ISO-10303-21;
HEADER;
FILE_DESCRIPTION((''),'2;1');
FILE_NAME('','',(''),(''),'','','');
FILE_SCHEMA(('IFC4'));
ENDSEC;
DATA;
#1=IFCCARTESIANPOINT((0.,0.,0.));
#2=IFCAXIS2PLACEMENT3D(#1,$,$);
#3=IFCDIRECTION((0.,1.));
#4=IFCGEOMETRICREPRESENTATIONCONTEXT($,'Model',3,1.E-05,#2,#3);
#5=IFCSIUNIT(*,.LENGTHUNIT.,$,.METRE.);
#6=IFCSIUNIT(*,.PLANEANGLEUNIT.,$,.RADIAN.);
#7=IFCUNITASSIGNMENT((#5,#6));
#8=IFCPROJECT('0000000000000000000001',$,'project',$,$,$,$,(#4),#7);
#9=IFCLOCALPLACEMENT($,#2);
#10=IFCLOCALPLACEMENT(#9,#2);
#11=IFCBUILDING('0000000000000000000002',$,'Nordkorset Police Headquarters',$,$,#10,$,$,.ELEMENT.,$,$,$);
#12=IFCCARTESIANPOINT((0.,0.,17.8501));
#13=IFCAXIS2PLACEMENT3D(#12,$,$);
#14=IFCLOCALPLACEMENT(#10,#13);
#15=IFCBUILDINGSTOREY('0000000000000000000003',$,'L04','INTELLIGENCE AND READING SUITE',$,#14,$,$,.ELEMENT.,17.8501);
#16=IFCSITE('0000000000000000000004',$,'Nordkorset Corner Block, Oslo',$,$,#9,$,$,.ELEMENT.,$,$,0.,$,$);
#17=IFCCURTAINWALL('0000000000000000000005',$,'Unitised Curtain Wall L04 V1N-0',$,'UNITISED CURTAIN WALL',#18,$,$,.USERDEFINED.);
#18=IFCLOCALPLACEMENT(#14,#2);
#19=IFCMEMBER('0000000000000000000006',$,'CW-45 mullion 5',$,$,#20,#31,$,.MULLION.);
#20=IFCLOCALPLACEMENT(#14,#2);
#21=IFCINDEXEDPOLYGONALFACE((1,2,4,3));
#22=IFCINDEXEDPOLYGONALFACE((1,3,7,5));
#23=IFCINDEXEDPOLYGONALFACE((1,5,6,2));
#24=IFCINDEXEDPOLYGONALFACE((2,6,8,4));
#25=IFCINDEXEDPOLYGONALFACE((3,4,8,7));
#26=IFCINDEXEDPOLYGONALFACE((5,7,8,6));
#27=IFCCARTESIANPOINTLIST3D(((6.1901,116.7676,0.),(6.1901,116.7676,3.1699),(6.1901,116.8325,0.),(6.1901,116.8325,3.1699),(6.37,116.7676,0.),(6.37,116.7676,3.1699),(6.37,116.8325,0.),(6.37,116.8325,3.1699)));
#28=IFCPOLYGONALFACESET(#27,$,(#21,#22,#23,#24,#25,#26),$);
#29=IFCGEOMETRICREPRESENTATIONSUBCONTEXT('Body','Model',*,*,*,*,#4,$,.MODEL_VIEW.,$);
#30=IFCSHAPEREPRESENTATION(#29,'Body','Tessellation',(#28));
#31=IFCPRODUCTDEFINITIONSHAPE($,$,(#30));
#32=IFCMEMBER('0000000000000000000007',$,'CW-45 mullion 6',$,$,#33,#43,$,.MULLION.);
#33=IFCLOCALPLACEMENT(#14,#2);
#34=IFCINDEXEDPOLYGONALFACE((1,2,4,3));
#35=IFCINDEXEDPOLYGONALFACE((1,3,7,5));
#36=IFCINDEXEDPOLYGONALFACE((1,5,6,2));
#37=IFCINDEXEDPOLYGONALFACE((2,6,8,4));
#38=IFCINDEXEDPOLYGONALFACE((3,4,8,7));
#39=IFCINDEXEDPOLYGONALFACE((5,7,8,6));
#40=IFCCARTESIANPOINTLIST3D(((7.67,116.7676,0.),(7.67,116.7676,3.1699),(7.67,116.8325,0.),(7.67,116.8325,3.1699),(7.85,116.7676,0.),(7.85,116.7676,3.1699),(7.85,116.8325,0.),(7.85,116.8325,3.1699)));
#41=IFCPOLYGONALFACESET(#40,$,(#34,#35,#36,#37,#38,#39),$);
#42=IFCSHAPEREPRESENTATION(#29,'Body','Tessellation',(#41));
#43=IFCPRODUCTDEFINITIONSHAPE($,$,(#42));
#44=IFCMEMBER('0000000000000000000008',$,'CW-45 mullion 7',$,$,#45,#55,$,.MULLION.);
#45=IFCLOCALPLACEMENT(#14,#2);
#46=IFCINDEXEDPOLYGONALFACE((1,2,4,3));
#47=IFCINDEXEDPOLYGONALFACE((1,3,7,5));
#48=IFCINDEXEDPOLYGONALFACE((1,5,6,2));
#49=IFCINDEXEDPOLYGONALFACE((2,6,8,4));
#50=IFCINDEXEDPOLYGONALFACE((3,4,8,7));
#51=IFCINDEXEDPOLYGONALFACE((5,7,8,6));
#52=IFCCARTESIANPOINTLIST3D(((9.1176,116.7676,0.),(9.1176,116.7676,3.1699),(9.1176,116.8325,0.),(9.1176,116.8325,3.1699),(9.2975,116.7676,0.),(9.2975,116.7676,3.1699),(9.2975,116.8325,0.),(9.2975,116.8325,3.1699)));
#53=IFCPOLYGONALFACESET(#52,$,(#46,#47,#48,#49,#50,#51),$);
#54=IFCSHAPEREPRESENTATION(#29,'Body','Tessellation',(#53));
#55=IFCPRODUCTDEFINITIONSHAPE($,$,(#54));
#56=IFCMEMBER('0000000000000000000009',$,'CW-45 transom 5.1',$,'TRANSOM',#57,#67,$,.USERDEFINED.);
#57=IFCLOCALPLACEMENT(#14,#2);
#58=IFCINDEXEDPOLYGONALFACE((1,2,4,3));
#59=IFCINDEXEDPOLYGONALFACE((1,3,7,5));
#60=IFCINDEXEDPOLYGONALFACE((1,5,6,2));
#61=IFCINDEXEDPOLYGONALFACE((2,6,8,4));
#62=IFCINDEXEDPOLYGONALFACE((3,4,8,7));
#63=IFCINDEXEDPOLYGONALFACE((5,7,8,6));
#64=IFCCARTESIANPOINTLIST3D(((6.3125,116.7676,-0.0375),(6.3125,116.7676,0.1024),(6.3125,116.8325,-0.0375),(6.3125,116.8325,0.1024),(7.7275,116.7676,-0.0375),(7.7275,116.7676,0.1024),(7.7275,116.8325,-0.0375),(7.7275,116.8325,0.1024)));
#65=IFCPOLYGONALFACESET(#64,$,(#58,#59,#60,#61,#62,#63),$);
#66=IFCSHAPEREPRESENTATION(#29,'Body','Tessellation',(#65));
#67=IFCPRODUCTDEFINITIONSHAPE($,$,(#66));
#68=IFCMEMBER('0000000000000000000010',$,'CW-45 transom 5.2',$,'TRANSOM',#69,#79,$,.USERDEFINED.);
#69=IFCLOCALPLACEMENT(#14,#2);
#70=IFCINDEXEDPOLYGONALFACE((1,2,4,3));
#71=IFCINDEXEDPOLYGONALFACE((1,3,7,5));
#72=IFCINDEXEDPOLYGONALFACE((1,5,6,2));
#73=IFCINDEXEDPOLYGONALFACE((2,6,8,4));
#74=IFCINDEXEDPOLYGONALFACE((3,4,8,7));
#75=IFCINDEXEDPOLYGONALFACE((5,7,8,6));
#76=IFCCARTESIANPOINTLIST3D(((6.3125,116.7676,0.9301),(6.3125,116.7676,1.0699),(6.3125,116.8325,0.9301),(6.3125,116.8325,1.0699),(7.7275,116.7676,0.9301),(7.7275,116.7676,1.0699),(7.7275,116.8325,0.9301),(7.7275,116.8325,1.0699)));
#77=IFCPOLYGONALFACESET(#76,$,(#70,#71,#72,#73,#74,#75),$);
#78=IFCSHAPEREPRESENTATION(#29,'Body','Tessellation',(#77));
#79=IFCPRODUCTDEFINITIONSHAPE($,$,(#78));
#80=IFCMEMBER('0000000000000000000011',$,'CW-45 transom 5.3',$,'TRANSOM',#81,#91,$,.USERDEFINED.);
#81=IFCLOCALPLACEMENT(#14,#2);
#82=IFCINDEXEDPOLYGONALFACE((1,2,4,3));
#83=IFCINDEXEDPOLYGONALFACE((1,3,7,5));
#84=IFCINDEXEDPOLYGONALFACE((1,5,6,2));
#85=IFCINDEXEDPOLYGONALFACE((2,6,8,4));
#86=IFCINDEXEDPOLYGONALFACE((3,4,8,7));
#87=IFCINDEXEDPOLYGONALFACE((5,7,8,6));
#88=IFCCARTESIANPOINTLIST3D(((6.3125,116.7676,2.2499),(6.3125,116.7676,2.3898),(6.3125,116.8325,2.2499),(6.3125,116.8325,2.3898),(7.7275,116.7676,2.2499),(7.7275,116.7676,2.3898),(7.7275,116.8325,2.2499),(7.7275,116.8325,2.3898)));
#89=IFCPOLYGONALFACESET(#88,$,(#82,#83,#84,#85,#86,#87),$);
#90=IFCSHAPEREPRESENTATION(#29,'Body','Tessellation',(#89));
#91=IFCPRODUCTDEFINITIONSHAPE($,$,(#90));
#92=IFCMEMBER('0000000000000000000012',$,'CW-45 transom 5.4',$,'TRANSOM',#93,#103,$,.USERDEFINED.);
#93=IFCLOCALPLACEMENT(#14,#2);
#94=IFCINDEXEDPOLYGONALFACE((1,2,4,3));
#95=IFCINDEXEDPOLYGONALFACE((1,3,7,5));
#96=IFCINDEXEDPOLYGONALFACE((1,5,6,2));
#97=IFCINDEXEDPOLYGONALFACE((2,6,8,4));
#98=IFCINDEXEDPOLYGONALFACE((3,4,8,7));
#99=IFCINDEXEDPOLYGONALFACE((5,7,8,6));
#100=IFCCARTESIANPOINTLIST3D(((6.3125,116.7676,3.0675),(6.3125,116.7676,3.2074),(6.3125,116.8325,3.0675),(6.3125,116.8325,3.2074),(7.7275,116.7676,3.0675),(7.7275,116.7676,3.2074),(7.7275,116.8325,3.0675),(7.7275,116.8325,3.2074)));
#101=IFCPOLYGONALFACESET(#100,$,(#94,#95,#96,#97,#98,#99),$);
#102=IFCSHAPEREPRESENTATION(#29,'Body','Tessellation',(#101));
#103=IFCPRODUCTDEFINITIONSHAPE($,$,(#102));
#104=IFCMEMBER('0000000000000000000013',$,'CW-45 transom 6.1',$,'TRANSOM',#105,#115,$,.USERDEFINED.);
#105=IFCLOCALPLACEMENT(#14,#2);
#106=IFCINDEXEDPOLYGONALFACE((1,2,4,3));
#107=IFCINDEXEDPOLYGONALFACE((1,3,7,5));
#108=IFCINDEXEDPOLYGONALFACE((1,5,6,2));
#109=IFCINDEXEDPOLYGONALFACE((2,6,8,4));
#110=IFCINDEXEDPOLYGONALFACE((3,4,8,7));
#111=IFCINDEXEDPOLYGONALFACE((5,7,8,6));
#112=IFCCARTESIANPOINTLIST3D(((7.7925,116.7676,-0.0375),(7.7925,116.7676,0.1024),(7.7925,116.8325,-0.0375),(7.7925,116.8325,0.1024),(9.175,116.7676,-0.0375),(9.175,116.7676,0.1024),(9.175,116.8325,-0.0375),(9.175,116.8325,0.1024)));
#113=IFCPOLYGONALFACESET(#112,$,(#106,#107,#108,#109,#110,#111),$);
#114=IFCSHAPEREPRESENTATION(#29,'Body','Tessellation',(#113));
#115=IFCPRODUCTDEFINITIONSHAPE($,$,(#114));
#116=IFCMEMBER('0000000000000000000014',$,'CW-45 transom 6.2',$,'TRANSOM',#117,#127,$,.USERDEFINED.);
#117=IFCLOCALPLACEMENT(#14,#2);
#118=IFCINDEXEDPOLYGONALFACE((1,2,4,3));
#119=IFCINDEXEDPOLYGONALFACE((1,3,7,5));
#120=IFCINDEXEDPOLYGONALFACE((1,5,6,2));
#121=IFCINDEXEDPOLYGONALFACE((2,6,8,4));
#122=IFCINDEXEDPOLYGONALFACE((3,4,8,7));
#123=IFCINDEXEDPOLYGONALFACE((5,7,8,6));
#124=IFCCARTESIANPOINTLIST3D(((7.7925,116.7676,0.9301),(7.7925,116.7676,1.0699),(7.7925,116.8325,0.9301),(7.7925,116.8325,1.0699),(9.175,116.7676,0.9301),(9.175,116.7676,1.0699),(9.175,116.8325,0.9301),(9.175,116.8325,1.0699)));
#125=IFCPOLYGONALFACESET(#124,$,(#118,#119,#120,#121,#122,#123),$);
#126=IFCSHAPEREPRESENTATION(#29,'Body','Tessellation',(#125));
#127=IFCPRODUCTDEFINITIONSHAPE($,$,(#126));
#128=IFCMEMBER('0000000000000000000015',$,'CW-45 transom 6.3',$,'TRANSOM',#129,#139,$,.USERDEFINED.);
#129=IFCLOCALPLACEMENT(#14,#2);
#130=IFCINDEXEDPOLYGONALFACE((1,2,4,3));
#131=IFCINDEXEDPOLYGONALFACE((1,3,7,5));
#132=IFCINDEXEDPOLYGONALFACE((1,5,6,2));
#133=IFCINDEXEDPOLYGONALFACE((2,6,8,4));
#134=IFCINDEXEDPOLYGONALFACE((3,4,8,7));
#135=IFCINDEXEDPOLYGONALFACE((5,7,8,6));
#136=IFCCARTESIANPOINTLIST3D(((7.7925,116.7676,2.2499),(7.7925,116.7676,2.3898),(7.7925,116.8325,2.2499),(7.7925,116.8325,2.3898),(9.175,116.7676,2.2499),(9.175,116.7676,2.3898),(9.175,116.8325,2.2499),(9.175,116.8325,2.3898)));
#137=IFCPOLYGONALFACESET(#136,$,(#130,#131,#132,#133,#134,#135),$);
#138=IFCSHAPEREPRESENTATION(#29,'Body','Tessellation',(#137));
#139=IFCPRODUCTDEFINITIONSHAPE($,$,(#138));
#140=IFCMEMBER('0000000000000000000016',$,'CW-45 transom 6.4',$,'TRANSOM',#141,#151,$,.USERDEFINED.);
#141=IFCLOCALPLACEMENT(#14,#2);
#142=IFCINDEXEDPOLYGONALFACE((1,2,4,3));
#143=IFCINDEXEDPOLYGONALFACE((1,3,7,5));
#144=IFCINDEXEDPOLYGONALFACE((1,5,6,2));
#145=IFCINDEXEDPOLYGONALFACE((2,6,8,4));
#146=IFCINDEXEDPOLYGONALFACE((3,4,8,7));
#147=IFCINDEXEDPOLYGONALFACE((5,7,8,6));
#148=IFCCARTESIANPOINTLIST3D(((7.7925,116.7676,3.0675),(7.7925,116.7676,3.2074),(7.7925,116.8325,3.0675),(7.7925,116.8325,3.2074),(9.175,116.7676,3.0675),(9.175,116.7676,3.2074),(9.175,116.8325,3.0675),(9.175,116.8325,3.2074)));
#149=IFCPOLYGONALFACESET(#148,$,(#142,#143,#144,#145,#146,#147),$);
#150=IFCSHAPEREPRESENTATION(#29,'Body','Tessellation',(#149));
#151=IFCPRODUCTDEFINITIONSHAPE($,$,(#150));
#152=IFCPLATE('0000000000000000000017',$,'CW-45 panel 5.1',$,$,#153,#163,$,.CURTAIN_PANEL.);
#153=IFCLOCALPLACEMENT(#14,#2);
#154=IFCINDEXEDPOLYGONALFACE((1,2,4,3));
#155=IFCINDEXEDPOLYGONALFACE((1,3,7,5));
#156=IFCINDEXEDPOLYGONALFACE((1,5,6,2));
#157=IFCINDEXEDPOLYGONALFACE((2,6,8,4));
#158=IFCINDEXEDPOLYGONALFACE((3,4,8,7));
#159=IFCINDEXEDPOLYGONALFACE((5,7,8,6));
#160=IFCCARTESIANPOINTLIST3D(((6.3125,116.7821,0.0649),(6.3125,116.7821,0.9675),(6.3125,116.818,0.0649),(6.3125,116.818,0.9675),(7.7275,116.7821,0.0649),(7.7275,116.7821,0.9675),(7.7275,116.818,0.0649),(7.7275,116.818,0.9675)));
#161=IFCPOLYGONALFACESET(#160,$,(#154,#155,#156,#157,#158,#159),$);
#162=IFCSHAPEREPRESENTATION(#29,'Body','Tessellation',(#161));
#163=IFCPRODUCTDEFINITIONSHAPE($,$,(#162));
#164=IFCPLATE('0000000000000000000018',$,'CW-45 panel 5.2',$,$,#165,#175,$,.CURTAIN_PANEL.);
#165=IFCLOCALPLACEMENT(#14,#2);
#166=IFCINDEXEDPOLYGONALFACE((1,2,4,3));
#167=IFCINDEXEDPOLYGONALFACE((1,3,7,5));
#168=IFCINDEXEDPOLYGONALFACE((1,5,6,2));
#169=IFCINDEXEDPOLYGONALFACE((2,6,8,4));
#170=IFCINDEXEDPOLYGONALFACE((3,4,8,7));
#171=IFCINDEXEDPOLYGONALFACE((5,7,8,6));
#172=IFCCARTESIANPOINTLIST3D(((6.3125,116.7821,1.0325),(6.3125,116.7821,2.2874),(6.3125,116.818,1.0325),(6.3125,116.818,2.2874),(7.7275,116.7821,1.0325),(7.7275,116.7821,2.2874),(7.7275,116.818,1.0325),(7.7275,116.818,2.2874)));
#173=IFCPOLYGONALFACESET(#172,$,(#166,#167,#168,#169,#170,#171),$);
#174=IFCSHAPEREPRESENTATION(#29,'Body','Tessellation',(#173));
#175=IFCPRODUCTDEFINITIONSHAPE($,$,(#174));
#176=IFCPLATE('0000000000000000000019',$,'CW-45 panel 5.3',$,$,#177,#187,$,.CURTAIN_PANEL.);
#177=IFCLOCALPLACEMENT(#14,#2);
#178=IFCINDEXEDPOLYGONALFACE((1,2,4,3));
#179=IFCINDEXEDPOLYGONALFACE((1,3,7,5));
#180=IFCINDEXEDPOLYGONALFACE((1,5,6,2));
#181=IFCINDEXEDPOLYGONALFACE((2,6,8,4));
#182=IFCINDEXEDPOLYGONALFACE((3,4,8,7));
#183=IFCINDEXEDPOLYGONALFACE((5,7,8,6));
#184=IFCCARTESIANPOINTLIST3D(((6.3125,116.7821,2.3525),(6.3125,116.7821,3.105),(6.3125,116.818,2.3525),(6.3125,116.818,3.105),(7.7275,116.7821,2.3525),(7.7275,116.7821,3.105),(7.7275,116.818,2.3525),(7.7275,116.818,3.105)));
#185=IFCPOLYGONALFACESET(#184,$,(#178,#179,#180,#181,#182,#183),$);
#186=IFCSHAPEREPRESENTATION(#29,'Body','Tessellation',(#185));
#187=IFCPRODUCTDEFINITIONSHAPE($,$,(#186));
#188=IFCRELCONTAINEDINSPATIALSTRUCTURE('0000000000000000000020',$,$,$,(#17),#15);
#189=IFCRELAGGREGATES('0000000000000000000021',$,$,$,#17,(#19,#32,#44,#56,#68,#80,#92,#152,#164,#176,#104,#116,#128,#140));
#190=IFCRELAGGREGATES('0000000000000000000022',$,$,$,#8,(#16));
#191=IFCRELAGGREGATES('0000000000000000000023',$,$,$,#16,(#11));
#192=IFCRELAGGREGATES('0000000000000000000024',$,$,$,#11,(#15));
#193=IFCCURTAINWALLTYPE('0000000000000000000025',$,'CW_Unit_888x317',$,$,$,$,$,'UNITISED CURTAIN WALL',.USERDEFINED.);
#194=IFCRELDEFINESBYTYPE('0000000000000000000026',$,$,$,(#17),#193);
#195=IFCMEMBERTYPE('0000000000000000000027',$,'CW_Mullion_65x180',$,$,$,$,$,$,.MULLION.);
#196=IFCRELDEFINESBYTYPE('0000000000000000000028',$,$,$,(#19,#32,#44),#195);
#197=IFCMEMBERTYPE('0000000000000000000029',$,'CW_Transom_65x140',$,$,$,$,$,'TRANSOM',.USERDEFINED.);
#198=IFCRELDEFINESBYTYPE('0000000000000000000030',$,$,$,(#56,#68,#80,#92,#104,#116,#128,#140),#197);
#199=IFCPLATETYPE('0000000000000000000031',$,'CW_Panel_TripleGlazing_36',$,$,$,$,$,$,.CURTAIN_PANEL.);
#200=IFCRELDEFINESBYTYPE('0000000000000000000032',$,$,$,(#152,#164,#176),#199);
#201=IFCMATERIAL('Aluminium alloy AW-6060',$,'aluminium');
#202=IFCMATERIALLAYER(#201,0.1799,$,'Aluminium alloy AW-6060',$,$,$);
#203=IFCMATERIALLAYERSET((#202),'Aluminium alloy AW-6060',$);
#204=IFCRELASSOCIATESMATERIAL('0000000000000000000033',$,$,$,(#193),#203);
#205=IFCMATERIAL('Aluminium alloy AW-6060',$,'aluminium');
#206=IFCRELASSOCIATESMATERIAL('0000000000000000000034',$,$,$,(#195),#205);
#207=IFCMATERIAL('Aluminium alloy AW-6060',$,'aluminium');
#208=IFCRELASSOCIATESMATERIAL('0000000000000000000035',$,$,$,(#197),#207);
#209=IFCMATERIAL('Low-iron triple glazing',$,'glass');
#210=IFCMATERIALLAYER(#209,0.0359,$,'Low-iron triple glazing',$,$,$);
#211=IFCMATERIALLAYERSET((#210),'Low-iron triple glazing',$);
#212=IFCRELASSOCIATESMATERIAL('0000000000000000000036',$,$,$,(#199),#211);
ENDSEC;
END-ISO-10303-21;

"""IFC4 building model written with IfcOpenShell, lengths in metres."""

from ifc_helpers import new_model, si_unit, direction, frame, origin, origin_2d, place, context, subcontext, project, spatial, rectangle, extrude, material, layer, layer_set, material_profile, profile_set, type_object, element, aggregate, save


model = new_model("IFC4")

# Units and contexts
model_context = context("Model", 3, precision=1e-05, world=origin(), true_north=direction((0.0, 1.0)))
body_context = subcontext(model_context, "Body", "Model", "MODEL_VIEW")
ifc_project = project(units=[si_unit("LENGTHUNIT", "METRE"), si_unit("PLANEANGLEUNIT", "RADIAN")], contexts=[model_context])

# Site, building, storey
site_placement = place(None, origin())
site = spatial("IfcSite", under=ifc_project, at=site_placement, Name="Nordkorset Corner Block, Oslo", CompositionType="ELEMENT", RefElevation=0.0)
building_placement = place(site_placement, origin())
building = spatial("IfcBuilding", under=site, at=building_placement, Name="Nordkorset Police Headquarters", CompositionType="ELEMENT")
storey_placement = place(building_placement, frame((0.0, 0.0, 17.8501)))
storey = spatial("IfcBuildingStorey", under=building, at=storey_placement, Name="L04", Description="INTELLIGENCE AND READING SUITE", CompositionType="ELEMENT", Elevation=17.8501)

# Curtain wall, members, plates
ifc_material_1 = material(Name="Aluminium alloy AW-6060", Category="aluminium")
ifc_layer_1 = layer(ifc_material_1, 0.1799, Name="Aluminium alloy AW-6060")
ifc_layer_set_1 = layer_set([ifc_layer_1], Name="Aluminium alloy AW-6060")
curtain_wall_type = type_object("IfcCurtainWallType", Name="CW_Unit_888x317", ElementType="UNITISED CURTAIN WALL", PredefinedType="USERDEFINED", material=ifc_layer_set_1)
curtain_wall_placement = place(storey_placement, origin())
curtain_wall = element("IfcCurtainWall", 1, at=curtain_wall_placement, inside=storey, type_object=curtain_wall_type, Name="Unitised Curtain Wall L04 V1N-0", ObjectType="UNITISED CURTAIN WALL", PredefinedType="USERDEFINED")
ifc_material_2 = material(Name="Aluminium alloy AW-6060", Category="aluminium")
ifc_material_profile_1 = material_profile(ifc_material_2, rectangle(XDim=0.0649, YDim=0.1799, at=origin_2d()), Name="ALU MULL 65x180")
ifc_profile_set_1 = profile_set([ifc_material_profile_1], Name="Aluminium alloy AW-6060")
member_type_1 = type_object("IfcMemberType", Name="CW_Mullion_65x180", PredefinedType="MULLION", material=ifc_profile_set_1)
member_1_placement = place(storey_placement, frame((6.28, 116.8, 0.0), z_axis=(0.0, 0.0, 1.0), x_axis=(0.0, 1.0, 0.0)))
member_1 = element("IfcMember", 2, at=member_1_placement, type_object=member_type_1, Name="CW-45 mullion 5", PredefinedType="MULLION", context=body_context, shape_type="SweptSolid", body=[
    extrude(rectangle(XDim=0.0649, YDim=0.1799, at=origin_2d()), origin(), (0.0, 0.0, 1.0), 3.1699),
])
member_2_placement = place(storey_placement, frame((7.76, 116.8, 0.0), z_axis=(0.0, 0.0, 1.0), x_axis=(0.0, 1.0, 0.0)))
member_2 = element("IfcMember", 3, at=member_2_placement, type_object=member_type_1, Name="CW-45 mullion 6", PredefinedType="MULLION", context=body_context, shape_type="SweptSolid", body=[
    extrude(rectangle(XDim=0.0649, YDim=0.1799, at=origin_2d()), origin(), (0.0, 0.0, 1.0), 3.1699),
])
member_3_placement = place(storey_placement, frame((9.2075, 116.8, 0.0), z_axis=(0.0, 0.0, 1.0), x_axis=(0.0, 1.0, 0.0)))
member_3 = element("IfcMember", 4, at=member_3_placement, type_object=member_type_1, Name="CW-45 mullion 7", PredefinedType="MULLION", context=body_context, shape_type="SweptSolid", body=[
    extrude(rectangle(XDim=0.0649, YDim=0.1799, at=origin_2d()), origin(), (0.0, 0.0, 1.0), 3.1699),
])
ifc_material_3 = material(Name="Aluminium alloy AW-6060", Category="aluminium")
ifc_material_profile_2 = material_profile(ifc_material_3, rectangle(XDim=0.0649, YDim=0.1399, at=origin_2d()), Name="ALU TRAN 65x140")
ifc_profile_set_2 = profile_set([ifc_material_profile_2], Name="Aluminium alloy AW-6060")
member_type_2 = type_object("IfcMemberType", Name="CW_Transom_65x140", ElementType="TRANSOM", PredefinedType="USERDEFINED", material=ifc_profile_set_2)
member_4_placement = place(storey_placement, frame((6.3125, 116.8, 0.0325), z_axis=(1.0, 0.0, 0.0), x_axis=(0.0, 1.0, 0.0)))
member_4 = element("IfcMember", 5, at=member_4_placement, type_object=member_type_2, Name="CW-45 transom 5.1", ObjectType="TRANSOM", PredefinedType="USERDEFINED", context=body_context, shape_type="SweptSolid", body=[
    extrude(rectangle(XDim=0.0649, YDim=0.1399, at=origin_2d()), origin(), (0.0, 0.0, 1.0), 1.415),
])
member_5_placement = place(storey_placement, frame((6.3125, 116.8, 1.0), z_axis=(1.0, 0.0, 0.0), x_axis=(0.0, 1.0, 0.0)))
member_5 = element("IfcMember", 6, at=member_5_placement, type_object=member_type_2, Name="CW-45 transom 5.2", ObjectType="TRANSOM", PredefinedType="USERDEFINED", context=body_context, shape_type="SweptSolid", body=[
    extrude(rectangle(XDim=0.0649, YDim=0.1399, at=origin_2d()), origin(), (0.0, 0.0, 1.0), 1.415),
])
member_6_placement = place(storey_placement, frame((6.3125, 116.8, 2.3198), z_axis=(1.0, 0.0, 0.0), x_axis=(0.0, 1.0, 0.0)))
member_6 = element("IfcMember", 7, at=member_6_placement, type_object=member_type_2, Name="CW-45 transom 5.3", ObjectType="TRANSOM", PredefinedType="USERDEFINED", context=body_context, shape_type="SweptSolid", body=[
    extrude(rectangle(XDim=0.0649, YDim=0.1399, at=origin_2d()), origin(), (0.0, 0.0, 1.0), 1.415),
])
member_7_placement = place(storey_placement, frame((6.3125, 116.8, 3.1375), z_axis=(1.0, 0.0, 0.0), x_axis=(0.0, 1.0, 0.0)))
member_7 = element("IfcMember", 8, at=member_7_placement, type_object=member_type_2, Name="CW-45 transom 5.4", ObjectType="TRANSOM", PredefinedType="USERDEFINED", context=body_context, shape_type="SweptSolid", body=[
    extrude(rectangle(XDim=0.0649, YDim=0.1399, at=origin_2d()), origin(), (0.0, 0.0, 1.0), 1.415),
])
member_8_placement = place(storey_placement, frame((7.7925, 116.8, 0.0325), z_axis=(1.0, 0.0, 0.0), x_axis=(0.0, 1.0, 0.0)))
member_8 = element("IfcMember", 9, at=member_8_placement, type_object=member_type_2, Name="CW-45 transom 6.1", ObjectType="TRANSOM", PredefinedType="USERDEFINED", context=body_context, shape_type="SweptSolid", body=[
    extrude(rectangle(XDim=0.0649, YDim=0.1399, at=origin_2d()), origin(), (0.0, 0.0, 1.0), 1.3826),
])
member_9_placement = place(storey_placement, frame((7.7925, 116.8, 1.0), z_axis=(1.0, 0.0, 0.0), x_axis=(0.0, 1.0, 0.0)))
member_9 = element("IfcMember", 10, at=member_9_placement, type_object=member_type_2, Name="CW-45 transom 6.2", ObjectType="TRANSOM", PredefinedType="USERDEFINED", context=body_context, shape_type="SweptSolid", body=[
    extrude(rectangle(XDim=0.0649, YDim=0.1399, at=origin_2d()), origin(), (0.0, 0.0, 1.0), 1.3826),
])
member_10_placement = place(storey_placement, frame((7.7925, 116.8, 2.3198), z_axis=(1.0, 0.0, 0.0), x_axis=(0.0, 1.0, 0.0)))
member_10 = element("IfcMember", 11, at=member_10_placement, type_object=member_type_2, Name="CW-45 transom 6.3", ObjectType="TRANSOM", PredefinedType="USERDEFINED", context=body_context, shape_type="SweptSolid", body=[
    extrude(rectangle(XDim=0.0649, YDim=0.1399, at=origin_2d()), origin(), (0.0, 0.0, 1.0), 1.3826),
])
member_11_placement = place(storey_placement, frame((7.7925, 116.8, 3.1375), z_axis=(1.0, 0.0, 0.0), x_axis=(0.0, 1.0, 0.0)))
member_11 = element("IfcMember", 12, at=member_11_placement, type_object=member_type_2, Name="CW-45 transom 6.4", ObjectType="TRANSOM", PredefinedType="USERDEFINED", context=body_context, shape_type="SweptSolid", body=[
    extrude(rectangle(XDim=0.0649, YDim=0.1399, at=origin_2d()), origin(), (0.0, 0.0, 1.0), 1.3826),
])
ifc_material_4 = material(Name="Low-iron triple glazing", Category="glass")
ifc_layer_2 = layer(ifc_material_4, 0.0359, Name="Low-iron triple glazing")
ifc_layer_set_2 = layer_set([ifc_layer_2], Name="Low-iron triple glazing")
plate_type = type_object("IfcPlateType", Name="CW_Panel_TripleGlazing_36", PredefinedType="CURTAIN_PANEL", material=ifc_layer_set_2)
plate_1_placement = place(storey_placement, frame((7.02, 116.8, 0.0649), z_axis=(0.0, 0.0, 1.0), x_axis=(1.0, 0.0, 0.0)))
plate_1 = element("IfcPlate", 13, at=plate_1_placement, type_object=plate_type, Name="CW-45 panel 5.1", PredefinedType="CURTAIN_PANEL", context=body_context, shape_type="SweptSolid", body=[
    extrude(rectangle(XDim=1.415, YDim=0.0359, at=origin_2d()), origin(), (0.0, 0.0, 1.0), 0.9026),
])
plate_2_placement = place(storey_placement, frame((7.02, 116.8, 1.0325), z_axis=(0.0, 0.0, 1.0), x_axis=(1.0, 0.0, 0.0)))
plate_2 = element("IfcPlate", 14, at=plate_2_placement, type_object=plate_type, Name="CW-45 panel 5.2", PredefinedType="CURTAIN_PANEL", context=body_context, shape_type="SweptSolid", body=[
    extrude(rectangle(XDim=1.415, YDim=0.0359, at=origin_2d()), origin(), (0.0, 0.0, 1.0), 1.2549),
])
plate_3_placement = place(storey_placement, frame((7.02, 116.8, 2.3525), z_axis=(0.0, 0.0, 1.0), x_axis=(1.0, 0.0, 0.0)))
plate_3 = element("IfcPlate", 15, at=plate_3_placement, type_object=plate_type, Name="CW-45 panel 5.3", PredefinedType="CURTAIN_PANEL", context=body_context, shape_type="SweptSolid", body=[
    extrude(rectangle(XDim=1.415, YDim=0.0359, at=origin_2d()), origin(), (0.0, 0.0, 1.0), 0.7524),
])
aggregate(curtain_wall, [member_1, member_2, member_3, member_4, member_5, member_6, member_7, plate_1, plate_2, plate_3, member_8, member_9, member_10, member_11])

save(model, "model.ifc")
